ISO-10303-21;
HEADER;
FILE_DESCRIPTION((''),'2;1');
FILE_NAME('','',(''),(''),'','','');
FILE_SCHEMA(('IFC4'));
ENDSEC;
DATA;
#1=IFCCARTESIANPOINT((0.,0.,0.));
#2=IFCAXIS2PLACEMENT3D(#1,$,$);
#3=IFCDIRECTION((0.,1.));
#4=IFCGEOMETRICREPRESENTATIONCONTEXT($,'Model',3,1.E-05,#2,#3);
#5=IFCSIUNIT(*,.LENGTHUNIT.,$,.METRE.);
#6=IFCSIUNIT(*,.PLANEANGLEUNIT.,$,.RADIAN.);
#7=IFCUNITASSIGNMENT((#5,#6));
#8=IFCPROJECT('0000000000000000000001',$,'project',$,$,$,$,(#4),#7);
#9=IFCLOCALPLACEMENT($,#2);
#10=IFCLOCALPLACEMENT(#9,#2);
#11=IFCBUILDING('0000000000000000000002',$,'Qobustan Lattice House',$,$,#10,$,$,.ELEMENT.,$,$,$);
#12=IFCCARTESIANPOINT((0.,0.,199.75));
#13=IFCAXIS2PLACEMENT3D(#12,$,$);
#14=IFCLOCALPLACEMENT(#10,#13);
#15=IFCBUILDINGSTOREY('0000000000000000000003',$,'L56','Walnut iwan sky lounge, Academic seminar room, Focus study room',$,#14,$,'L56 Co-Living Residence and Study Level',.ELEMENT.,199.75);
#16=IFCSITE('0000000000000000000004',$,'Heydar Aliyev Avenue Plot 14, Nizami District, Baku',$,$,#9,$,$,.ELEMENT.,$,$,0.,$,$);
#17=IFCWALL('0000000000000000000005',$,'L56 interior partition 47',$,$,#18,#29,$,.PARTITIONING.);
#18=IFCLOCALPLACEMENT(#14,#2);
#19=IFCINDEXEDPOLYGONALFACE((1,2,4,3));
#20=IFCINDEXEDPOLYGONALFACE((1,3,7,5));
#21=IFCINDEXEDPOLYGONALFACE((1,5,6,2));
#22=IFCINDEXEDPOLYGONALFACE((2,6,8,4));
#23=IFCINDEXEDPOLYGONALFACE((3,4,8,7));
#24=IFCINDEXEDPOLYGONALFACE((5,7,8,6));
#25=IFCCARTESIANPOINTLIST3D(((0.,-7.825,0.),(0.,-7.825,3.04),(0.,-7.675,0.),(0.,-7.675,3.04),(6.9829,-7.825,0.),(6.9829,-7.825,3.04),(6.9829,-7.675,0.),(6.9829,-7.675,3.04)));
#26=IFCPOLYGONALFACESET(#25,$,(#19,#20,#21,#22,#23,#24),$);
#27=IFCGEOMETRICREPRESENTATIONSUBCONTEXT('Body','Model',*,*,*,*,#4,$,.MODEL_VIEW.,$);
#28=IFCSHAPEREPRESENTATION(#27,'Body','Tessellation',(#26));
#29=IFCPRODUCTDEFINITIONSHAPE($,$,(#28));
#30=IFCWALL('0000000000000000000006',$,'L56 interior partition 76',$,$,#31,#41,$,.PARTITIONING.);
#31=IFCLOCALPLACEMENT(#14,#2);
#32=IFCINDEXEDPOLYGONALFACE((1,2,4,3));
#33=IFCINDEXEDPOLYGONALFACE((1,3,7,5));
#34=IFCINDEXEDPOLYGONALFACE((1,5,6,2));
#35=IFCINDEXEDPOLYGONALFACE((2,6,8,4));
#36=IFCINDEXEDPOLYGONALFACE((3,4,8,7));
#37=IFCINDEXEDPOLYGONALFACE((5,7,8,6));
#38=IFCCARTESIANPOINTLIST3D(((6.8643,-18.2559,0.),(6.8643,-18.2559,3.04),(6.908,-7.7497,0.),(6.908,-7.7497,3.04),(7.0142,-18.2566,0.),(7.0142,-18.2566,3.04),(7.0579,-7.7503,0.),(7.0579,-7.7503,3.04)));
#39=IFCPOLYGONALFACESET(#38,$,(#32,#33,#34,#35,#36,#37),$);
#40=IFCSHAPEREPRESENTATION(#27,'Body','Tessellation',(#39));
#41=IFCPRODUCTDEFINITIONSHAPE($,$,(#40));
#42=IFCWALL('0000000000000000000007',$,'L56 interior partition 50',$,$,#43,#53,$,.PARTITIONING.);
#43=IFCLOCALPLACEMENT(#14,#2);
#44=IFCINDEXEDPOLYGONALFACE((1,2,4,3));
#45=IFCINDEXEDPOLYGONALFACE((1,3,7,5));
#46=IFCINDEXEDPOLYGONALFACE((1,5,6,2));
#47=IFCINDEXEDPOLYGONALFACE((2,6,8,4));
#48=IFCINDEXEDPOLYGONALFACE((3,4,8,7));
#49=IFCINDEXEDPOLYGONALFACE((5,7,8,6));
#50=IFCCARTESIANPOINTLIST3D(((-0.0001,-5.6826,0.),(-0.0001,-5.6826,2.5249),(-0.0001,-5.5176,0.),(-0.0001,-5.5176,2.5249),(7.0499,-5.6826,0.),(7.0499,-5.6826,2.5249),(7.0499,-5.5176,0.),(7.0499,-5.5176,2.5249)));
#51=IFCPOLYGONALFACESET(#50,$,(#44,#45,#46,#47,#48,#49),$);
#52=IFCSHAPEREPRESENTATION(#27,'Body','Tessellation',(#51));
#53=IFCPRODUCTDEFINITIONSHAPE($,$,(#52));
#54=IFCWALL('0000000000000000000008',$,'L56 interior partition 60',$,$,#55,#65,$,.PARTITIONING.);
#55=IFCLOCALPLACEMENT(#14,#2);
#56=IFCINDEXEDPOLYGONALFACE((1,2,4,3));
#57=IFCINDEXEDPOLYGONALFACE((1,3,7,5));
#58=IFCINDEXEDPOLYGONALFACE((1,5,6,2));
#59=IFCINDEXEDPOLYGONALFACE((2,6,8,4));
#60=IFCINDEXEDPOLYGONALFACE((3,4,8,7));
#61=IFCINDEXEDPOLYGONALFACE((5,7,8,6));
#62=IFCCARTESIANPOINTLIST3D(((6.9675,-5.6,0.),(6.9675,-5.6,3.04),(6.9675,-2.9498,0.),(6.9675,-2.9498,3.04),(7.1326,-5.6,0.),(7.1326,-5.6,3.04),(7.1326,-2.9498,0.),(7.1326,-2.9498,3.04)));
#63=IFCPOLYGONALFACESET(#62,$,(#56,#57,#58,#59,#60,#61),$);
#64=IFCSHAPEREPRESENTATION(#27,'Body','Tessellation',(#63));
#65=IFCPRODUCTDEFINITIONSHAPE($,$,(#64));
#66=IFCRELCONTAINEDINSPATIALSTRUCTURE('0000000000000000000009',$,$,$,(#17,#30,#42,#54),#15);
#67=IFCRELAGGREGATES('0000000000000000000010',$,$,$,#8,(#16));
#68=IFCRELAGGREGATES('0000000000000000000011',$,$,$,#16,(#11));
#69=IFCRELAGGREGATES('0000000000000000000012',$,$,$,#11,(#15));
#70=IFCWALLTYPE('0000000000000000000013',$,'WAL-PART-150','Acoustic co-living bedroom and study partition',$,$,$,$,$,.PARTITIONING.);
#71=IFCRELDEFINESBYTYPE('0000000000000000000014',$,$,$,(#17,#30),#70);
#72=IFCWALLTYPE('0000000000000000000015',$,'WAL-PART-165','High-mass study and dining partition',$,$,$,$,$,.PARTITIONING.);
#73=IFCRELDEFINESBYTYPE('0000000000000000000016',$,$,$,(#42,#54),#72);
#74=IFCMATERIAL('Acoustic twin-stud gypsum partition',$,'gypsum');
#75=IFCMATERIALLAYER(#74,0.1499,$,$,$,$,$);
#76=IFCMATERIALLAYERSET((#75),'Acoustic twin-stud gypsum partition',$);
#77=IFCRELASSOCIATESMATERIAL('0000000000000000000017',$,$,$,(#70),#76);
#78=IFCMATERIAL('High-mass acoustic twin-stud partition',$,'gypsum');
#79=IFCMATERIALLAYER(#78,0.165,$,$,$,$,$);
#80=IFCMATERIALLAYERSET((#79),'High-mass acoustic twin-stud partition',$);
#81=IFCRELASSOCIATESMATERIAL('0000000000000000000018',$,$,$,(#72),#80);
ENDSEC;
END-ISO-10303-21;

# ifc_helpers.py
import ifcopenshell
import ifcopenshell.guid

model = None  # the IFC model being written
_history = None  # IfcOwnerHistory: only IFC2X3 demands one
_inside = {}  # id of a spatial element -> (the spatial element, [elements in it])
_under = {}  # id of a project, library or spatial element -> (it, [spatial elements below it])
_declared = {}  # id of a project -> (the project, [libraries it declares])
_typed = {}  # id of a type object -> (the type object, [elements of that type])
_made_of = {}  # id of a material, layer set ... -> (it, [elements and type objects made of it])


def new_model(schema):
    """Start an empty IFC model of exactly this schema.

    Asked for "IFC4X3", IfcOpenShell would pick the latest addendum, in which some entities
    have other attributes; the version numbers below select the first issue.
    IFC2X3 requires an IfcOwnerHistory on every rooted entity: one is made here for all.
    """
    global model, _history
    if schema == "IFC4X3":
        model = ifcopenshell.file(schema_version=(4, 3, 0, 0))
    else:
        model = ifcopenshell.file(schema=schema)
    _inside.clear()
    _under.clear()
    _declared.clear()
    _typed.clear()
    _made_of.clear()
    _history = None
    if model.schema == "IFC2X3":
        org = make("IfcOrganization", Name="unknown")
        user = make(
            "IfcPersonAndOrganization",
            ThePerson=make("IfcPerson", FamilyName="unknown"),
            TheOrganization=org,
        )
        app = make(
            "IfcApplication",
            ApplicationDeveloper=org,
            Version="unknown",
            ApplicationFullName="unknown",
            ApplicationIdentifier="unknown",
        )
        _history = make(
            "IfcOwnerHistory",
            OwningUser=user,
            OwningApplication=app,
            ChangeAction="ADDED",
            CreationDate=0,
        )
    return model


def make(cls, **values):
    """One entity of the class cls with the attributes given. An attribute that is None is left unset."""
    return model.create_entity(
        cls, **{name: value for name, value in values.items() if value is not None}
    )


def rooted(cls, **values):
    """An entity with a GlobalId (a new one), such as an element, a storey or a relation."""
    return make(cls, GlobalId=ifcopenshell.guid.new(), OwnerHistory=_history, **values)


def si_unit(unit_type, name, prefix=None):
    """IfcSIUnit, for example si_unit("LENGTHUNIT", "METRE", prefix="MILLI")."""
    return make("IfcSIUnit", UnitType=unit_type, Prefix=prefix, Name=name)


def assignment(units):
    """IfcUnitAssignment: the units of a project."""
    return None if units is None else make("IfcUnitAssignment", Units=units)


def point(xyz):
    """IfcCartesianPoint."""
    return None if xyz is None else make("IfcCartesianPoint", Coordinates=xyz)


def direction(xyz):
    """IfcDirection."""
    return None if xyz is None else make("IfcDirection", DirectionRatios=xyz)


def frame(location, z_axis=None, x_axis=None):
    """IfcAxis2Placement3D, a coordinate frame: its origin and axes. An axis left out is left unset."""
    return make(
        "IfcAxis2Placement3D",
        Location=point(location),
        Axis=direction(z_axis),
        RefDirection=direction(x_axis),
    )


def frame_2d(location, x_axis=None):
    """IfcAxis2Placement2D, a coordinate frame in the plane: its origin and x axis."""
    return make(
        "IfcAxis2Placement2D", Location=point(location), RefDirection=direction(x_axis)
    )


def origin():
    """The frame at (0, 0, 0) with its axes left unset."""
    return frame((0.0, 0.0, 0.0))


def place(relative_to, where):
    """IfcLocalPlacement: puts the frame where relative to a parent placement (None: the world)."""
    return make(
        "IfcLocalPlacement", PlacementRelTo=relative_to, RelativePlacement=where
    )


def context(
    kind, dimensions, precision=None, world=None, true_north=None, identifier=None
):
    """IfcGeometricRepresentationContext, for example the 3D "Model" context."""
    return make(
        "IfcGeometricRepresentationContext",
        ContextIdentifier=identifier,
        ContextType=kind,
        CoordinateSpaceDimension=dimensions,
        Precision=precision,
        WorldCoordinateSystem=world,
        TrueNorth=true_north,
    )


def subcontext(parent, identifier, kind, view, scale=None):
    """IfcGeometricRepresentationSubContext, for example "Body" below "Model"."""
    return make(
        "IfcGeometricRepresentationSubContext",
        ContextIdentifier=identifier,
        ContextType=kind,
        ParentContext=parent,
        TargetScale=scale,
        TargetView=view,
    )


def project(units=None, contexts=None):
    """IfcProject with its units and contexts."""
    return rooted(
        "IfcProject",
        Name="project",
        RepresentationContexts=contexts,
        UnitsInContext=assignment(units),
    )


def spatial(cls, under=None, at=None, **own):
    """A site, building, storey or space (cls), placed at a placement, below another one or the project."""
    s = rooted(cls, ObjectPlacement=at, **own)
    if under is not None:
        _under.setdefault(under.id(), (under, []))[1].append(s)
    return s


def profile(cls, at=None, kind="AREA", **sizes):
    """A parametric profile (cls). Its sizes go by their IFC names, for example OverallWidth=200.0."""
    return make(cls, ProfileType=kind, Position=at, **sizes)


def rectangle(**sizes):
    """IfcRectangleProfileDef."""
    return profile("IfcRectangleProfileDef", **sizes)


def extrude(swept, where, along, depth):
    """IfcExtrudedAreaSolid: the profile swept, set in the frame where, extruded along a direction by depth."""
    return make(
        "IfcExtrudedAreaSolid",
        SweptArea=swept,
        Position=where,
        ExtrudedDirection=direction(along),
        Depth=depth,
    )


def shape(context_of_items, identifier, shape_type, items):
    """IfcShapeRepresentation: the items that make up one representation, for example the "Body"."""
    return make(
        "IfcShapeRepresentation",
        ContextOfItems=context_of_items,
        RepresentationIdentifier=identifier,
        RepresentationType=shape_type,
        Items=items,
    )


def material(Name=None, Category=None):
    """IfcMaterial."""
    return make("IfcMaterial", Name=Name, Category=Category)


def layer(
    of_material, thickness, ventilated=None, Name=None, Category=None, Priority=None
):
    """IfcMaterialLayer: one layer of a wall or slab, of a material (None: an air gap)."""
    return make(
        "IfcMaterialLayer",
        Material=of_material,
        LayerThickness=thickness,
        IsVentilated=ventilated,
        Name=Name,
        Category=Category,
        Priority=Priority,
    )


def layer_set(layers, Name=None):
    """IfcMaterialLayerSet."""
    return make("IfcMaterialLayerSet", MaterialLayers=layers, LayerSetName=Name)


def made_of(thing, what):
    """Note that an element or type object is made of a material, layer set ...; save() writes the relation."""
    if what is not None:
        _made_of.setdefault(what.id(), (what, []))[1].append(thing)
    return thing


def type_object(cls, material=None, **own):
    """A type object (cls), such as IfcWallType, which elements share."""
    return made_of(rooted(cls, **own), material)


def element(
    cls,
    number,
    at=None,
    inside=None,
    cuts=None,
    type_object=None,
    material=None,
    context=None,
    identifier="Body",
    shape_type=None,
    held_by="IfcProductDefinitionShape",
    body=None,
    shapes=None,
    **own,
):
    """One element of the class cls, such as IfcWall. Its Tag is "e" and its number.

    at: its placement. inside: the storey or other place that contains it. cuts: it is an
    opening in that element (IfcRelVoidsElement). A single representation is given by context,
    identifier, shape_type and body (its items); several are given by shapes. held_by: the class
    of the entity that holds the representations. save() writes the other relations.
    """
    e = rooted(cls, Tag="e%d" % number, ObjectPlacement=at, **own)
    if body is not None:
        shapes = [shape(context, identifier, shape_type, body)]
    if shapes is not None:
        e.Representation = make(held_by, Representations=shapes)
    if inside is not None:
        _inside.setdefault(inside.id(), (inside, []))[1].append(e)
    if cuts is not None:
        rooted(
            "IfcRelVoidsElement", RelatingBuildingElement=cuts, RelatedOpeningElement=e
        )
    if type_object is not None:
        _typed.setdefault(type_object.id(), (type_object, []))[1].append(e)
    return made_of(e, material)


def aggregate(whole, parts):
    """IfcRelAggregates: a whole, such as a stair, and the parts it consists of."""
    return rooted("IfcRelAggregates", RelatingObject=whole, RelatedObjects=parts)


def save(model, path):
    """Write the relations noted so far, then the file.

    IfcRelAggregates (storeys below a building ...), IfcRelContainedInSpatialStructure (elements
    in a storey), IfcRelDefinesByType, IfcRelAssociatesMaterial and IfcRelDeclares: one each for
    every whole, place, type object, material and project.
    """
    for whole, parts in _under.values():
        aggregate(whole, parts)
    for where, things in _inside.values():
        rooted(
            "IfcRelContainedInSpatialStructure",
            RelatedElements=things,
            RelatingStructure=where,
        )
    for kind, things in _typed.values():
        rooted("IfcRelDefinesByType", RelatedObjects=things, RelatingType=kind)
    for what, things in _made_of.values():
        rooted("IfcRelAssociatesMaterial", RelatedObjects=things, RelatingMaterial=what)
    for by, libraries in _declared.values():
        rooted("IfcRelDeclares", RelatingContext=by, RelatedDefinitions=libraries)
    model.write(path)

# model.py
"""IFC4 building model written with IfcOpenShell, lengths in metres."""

from ifc_helpers import new_model, si_unit, direction, frame, frame_2d, origin, place, context, subcontext, project, spatial, rectangle, extrude, material, layer, layer_set, type_object, element, save


model = new_model("IFC4")

# Units and contexts
model_context = context("Model", 3, precision=1e-05, world=origin(), true_north=direction((0.0, 1.0)))
body_context = subcontext(model_context, "Body", "Model", "MODEL_VIEW")
ifc_project = project(units=[si_unit("LENGTHUNIT", "METRE"), si_unit("PLANEANGLEUNIT", "RADIAN")], contexts=[model_context])

# Site, building, storey
site_placement = place(None, origin())
site = spatial("IfcSite", under=ifc_project, at=site_placement, Name="Heydar Aliyev Avenue Plot 14, Nizami District, Baku", CompositionType="ELEMENT", RefElevation=0.0)
building_placement = place(site_placement, origin())
building = spatial("IfcBuilding", under=site, at=building_placement, Name="Qobustan Lattice House", CompositionType="ELEMENT")
storey_placement = place(building_placement, frame((0.0, 0.0, 199.75)))
storey = spatial("IfcBuildingStorey", under=building, at=storey_placement, Name="L56", Description="Walnut iwan sky lounge, Academic seminar room, Focus study room", LongName="L56 Co-Living Residence and Study Level", CompositionType="ELEMENT", Elevation=199.75)

# Shared definitions
ifc_material_1 = material(Name="Acoustic twin-stud gypsum partition", Category="gypsum")
ifc_layer_1 = layer(ifc_material_1, 0.1499)
ifc_layer_set_1 = layer_set([ifc_layer_1], Name="Acoustic twin-stud gypsum partition")
wall_type_1 = type_object("IfcWallType", Name="WAL-PART-150", Description="Acoustic co-living bedroom and study partition", PredefinedType="PARTITIONING", material=ifc_layer_set_1)

# Walls
wall_1_placement = place(storey_placement, frame((6.9829, -7.75, 0.0), z_axis=(0.0, 0.0, 1.0), x_axis=(-1.0, 0.0, 0.0)))
element("IfcWall", 1, at=wall_1_placement, inside=storey, type_object=wall_type_1, Name="L56 interior partition 47", PredefinedType="PARTITIONING", context=body_context, shape_type="SweptSolid", body=[
    extrude(rectangle(XDim=6.9829, YDim=0.1499, at=frame_2d((3.4915, 0.0))), origin(), (0.0, 0.0, 1.0), 3.04),
])
wall_2_placement = place(storey_placement, frame((6.9829, -7.75, 0.0), z_axis=(0.0, 0.0, 1.0), x_axis=(-0.004159, -0.999991, 0.0)))
element("IfcWall", 2, at=wall_2_placement, inside=storey, type_object=wall_type_1, Name="L56 interior partition 76", PredefinedType="PARTITIONING", context=body_context, shape_type="SweptSolid", body=[
    extrude(rectangle(XDim=10.5063, YDim=0.1499, at=frame_2d((5.2532, 0.0))), origin(), (0.0, 0.0, 1.0), 3.04),
])
ifc_material_2 = material(Name="High-mass acoustic twin-stud partition", Category="gypsum")
ifc_layer_2 = layer(ifc_material_2, 0.165)
ifc_layer_set_2 = layer_set([ifc_layer_2], Name="High-mass acoustic twin-stud partition")
wall_type_2 = type_object("IfcWallType", Name="WAL-PART-165", Description="High-mass study and dining partition", PredefinedType="PARTITIONING", material=ifc_layer_set_2)
wall_3_placement = place(storey_placement, frame((0.0, -5.6001, 0.0), z_axis=(0.0, 0.0, 1.0), x_axis=(1.0, 0.0, 0.0)))
element("IfcWall", 3, at=wall_3_placement, inside=storey, type_object=wall_type_2, Name="L56 interior partition 50", PredefinedType="PARTITIONING", context=body_context, shape_type="SweptSolid", body=[
    extrude(rectangle(XDim=7.05, YDim=0.165, at=frame_2d((3.5249, 0.0))), origin(), (0.0, 0.0, 1.0), 2.5249),
])
wall_4_placement = place(storey_placement, frame((7.05, -5.6001, 0.0), z_axis=(0.0, 0.0, 1.0), x_axis=(0.0, 1.0, 0.0)))
element("IfcWall", 4, at=wall_4_placement, inside=storey, type_object=wall_type_2, Name="L56 interior partition 60", PredefinedType="PARTITIONING", context=body_context, shape_type="SweptSolid", body=[
    extrude(rectangle(XDim=2.6501, YDim=0.165, at=frame_2d((1.3252, 0.0))), origin(), (0.0, 0.0, 1.0), 3.04),
])

save(model, "model.ifc")
